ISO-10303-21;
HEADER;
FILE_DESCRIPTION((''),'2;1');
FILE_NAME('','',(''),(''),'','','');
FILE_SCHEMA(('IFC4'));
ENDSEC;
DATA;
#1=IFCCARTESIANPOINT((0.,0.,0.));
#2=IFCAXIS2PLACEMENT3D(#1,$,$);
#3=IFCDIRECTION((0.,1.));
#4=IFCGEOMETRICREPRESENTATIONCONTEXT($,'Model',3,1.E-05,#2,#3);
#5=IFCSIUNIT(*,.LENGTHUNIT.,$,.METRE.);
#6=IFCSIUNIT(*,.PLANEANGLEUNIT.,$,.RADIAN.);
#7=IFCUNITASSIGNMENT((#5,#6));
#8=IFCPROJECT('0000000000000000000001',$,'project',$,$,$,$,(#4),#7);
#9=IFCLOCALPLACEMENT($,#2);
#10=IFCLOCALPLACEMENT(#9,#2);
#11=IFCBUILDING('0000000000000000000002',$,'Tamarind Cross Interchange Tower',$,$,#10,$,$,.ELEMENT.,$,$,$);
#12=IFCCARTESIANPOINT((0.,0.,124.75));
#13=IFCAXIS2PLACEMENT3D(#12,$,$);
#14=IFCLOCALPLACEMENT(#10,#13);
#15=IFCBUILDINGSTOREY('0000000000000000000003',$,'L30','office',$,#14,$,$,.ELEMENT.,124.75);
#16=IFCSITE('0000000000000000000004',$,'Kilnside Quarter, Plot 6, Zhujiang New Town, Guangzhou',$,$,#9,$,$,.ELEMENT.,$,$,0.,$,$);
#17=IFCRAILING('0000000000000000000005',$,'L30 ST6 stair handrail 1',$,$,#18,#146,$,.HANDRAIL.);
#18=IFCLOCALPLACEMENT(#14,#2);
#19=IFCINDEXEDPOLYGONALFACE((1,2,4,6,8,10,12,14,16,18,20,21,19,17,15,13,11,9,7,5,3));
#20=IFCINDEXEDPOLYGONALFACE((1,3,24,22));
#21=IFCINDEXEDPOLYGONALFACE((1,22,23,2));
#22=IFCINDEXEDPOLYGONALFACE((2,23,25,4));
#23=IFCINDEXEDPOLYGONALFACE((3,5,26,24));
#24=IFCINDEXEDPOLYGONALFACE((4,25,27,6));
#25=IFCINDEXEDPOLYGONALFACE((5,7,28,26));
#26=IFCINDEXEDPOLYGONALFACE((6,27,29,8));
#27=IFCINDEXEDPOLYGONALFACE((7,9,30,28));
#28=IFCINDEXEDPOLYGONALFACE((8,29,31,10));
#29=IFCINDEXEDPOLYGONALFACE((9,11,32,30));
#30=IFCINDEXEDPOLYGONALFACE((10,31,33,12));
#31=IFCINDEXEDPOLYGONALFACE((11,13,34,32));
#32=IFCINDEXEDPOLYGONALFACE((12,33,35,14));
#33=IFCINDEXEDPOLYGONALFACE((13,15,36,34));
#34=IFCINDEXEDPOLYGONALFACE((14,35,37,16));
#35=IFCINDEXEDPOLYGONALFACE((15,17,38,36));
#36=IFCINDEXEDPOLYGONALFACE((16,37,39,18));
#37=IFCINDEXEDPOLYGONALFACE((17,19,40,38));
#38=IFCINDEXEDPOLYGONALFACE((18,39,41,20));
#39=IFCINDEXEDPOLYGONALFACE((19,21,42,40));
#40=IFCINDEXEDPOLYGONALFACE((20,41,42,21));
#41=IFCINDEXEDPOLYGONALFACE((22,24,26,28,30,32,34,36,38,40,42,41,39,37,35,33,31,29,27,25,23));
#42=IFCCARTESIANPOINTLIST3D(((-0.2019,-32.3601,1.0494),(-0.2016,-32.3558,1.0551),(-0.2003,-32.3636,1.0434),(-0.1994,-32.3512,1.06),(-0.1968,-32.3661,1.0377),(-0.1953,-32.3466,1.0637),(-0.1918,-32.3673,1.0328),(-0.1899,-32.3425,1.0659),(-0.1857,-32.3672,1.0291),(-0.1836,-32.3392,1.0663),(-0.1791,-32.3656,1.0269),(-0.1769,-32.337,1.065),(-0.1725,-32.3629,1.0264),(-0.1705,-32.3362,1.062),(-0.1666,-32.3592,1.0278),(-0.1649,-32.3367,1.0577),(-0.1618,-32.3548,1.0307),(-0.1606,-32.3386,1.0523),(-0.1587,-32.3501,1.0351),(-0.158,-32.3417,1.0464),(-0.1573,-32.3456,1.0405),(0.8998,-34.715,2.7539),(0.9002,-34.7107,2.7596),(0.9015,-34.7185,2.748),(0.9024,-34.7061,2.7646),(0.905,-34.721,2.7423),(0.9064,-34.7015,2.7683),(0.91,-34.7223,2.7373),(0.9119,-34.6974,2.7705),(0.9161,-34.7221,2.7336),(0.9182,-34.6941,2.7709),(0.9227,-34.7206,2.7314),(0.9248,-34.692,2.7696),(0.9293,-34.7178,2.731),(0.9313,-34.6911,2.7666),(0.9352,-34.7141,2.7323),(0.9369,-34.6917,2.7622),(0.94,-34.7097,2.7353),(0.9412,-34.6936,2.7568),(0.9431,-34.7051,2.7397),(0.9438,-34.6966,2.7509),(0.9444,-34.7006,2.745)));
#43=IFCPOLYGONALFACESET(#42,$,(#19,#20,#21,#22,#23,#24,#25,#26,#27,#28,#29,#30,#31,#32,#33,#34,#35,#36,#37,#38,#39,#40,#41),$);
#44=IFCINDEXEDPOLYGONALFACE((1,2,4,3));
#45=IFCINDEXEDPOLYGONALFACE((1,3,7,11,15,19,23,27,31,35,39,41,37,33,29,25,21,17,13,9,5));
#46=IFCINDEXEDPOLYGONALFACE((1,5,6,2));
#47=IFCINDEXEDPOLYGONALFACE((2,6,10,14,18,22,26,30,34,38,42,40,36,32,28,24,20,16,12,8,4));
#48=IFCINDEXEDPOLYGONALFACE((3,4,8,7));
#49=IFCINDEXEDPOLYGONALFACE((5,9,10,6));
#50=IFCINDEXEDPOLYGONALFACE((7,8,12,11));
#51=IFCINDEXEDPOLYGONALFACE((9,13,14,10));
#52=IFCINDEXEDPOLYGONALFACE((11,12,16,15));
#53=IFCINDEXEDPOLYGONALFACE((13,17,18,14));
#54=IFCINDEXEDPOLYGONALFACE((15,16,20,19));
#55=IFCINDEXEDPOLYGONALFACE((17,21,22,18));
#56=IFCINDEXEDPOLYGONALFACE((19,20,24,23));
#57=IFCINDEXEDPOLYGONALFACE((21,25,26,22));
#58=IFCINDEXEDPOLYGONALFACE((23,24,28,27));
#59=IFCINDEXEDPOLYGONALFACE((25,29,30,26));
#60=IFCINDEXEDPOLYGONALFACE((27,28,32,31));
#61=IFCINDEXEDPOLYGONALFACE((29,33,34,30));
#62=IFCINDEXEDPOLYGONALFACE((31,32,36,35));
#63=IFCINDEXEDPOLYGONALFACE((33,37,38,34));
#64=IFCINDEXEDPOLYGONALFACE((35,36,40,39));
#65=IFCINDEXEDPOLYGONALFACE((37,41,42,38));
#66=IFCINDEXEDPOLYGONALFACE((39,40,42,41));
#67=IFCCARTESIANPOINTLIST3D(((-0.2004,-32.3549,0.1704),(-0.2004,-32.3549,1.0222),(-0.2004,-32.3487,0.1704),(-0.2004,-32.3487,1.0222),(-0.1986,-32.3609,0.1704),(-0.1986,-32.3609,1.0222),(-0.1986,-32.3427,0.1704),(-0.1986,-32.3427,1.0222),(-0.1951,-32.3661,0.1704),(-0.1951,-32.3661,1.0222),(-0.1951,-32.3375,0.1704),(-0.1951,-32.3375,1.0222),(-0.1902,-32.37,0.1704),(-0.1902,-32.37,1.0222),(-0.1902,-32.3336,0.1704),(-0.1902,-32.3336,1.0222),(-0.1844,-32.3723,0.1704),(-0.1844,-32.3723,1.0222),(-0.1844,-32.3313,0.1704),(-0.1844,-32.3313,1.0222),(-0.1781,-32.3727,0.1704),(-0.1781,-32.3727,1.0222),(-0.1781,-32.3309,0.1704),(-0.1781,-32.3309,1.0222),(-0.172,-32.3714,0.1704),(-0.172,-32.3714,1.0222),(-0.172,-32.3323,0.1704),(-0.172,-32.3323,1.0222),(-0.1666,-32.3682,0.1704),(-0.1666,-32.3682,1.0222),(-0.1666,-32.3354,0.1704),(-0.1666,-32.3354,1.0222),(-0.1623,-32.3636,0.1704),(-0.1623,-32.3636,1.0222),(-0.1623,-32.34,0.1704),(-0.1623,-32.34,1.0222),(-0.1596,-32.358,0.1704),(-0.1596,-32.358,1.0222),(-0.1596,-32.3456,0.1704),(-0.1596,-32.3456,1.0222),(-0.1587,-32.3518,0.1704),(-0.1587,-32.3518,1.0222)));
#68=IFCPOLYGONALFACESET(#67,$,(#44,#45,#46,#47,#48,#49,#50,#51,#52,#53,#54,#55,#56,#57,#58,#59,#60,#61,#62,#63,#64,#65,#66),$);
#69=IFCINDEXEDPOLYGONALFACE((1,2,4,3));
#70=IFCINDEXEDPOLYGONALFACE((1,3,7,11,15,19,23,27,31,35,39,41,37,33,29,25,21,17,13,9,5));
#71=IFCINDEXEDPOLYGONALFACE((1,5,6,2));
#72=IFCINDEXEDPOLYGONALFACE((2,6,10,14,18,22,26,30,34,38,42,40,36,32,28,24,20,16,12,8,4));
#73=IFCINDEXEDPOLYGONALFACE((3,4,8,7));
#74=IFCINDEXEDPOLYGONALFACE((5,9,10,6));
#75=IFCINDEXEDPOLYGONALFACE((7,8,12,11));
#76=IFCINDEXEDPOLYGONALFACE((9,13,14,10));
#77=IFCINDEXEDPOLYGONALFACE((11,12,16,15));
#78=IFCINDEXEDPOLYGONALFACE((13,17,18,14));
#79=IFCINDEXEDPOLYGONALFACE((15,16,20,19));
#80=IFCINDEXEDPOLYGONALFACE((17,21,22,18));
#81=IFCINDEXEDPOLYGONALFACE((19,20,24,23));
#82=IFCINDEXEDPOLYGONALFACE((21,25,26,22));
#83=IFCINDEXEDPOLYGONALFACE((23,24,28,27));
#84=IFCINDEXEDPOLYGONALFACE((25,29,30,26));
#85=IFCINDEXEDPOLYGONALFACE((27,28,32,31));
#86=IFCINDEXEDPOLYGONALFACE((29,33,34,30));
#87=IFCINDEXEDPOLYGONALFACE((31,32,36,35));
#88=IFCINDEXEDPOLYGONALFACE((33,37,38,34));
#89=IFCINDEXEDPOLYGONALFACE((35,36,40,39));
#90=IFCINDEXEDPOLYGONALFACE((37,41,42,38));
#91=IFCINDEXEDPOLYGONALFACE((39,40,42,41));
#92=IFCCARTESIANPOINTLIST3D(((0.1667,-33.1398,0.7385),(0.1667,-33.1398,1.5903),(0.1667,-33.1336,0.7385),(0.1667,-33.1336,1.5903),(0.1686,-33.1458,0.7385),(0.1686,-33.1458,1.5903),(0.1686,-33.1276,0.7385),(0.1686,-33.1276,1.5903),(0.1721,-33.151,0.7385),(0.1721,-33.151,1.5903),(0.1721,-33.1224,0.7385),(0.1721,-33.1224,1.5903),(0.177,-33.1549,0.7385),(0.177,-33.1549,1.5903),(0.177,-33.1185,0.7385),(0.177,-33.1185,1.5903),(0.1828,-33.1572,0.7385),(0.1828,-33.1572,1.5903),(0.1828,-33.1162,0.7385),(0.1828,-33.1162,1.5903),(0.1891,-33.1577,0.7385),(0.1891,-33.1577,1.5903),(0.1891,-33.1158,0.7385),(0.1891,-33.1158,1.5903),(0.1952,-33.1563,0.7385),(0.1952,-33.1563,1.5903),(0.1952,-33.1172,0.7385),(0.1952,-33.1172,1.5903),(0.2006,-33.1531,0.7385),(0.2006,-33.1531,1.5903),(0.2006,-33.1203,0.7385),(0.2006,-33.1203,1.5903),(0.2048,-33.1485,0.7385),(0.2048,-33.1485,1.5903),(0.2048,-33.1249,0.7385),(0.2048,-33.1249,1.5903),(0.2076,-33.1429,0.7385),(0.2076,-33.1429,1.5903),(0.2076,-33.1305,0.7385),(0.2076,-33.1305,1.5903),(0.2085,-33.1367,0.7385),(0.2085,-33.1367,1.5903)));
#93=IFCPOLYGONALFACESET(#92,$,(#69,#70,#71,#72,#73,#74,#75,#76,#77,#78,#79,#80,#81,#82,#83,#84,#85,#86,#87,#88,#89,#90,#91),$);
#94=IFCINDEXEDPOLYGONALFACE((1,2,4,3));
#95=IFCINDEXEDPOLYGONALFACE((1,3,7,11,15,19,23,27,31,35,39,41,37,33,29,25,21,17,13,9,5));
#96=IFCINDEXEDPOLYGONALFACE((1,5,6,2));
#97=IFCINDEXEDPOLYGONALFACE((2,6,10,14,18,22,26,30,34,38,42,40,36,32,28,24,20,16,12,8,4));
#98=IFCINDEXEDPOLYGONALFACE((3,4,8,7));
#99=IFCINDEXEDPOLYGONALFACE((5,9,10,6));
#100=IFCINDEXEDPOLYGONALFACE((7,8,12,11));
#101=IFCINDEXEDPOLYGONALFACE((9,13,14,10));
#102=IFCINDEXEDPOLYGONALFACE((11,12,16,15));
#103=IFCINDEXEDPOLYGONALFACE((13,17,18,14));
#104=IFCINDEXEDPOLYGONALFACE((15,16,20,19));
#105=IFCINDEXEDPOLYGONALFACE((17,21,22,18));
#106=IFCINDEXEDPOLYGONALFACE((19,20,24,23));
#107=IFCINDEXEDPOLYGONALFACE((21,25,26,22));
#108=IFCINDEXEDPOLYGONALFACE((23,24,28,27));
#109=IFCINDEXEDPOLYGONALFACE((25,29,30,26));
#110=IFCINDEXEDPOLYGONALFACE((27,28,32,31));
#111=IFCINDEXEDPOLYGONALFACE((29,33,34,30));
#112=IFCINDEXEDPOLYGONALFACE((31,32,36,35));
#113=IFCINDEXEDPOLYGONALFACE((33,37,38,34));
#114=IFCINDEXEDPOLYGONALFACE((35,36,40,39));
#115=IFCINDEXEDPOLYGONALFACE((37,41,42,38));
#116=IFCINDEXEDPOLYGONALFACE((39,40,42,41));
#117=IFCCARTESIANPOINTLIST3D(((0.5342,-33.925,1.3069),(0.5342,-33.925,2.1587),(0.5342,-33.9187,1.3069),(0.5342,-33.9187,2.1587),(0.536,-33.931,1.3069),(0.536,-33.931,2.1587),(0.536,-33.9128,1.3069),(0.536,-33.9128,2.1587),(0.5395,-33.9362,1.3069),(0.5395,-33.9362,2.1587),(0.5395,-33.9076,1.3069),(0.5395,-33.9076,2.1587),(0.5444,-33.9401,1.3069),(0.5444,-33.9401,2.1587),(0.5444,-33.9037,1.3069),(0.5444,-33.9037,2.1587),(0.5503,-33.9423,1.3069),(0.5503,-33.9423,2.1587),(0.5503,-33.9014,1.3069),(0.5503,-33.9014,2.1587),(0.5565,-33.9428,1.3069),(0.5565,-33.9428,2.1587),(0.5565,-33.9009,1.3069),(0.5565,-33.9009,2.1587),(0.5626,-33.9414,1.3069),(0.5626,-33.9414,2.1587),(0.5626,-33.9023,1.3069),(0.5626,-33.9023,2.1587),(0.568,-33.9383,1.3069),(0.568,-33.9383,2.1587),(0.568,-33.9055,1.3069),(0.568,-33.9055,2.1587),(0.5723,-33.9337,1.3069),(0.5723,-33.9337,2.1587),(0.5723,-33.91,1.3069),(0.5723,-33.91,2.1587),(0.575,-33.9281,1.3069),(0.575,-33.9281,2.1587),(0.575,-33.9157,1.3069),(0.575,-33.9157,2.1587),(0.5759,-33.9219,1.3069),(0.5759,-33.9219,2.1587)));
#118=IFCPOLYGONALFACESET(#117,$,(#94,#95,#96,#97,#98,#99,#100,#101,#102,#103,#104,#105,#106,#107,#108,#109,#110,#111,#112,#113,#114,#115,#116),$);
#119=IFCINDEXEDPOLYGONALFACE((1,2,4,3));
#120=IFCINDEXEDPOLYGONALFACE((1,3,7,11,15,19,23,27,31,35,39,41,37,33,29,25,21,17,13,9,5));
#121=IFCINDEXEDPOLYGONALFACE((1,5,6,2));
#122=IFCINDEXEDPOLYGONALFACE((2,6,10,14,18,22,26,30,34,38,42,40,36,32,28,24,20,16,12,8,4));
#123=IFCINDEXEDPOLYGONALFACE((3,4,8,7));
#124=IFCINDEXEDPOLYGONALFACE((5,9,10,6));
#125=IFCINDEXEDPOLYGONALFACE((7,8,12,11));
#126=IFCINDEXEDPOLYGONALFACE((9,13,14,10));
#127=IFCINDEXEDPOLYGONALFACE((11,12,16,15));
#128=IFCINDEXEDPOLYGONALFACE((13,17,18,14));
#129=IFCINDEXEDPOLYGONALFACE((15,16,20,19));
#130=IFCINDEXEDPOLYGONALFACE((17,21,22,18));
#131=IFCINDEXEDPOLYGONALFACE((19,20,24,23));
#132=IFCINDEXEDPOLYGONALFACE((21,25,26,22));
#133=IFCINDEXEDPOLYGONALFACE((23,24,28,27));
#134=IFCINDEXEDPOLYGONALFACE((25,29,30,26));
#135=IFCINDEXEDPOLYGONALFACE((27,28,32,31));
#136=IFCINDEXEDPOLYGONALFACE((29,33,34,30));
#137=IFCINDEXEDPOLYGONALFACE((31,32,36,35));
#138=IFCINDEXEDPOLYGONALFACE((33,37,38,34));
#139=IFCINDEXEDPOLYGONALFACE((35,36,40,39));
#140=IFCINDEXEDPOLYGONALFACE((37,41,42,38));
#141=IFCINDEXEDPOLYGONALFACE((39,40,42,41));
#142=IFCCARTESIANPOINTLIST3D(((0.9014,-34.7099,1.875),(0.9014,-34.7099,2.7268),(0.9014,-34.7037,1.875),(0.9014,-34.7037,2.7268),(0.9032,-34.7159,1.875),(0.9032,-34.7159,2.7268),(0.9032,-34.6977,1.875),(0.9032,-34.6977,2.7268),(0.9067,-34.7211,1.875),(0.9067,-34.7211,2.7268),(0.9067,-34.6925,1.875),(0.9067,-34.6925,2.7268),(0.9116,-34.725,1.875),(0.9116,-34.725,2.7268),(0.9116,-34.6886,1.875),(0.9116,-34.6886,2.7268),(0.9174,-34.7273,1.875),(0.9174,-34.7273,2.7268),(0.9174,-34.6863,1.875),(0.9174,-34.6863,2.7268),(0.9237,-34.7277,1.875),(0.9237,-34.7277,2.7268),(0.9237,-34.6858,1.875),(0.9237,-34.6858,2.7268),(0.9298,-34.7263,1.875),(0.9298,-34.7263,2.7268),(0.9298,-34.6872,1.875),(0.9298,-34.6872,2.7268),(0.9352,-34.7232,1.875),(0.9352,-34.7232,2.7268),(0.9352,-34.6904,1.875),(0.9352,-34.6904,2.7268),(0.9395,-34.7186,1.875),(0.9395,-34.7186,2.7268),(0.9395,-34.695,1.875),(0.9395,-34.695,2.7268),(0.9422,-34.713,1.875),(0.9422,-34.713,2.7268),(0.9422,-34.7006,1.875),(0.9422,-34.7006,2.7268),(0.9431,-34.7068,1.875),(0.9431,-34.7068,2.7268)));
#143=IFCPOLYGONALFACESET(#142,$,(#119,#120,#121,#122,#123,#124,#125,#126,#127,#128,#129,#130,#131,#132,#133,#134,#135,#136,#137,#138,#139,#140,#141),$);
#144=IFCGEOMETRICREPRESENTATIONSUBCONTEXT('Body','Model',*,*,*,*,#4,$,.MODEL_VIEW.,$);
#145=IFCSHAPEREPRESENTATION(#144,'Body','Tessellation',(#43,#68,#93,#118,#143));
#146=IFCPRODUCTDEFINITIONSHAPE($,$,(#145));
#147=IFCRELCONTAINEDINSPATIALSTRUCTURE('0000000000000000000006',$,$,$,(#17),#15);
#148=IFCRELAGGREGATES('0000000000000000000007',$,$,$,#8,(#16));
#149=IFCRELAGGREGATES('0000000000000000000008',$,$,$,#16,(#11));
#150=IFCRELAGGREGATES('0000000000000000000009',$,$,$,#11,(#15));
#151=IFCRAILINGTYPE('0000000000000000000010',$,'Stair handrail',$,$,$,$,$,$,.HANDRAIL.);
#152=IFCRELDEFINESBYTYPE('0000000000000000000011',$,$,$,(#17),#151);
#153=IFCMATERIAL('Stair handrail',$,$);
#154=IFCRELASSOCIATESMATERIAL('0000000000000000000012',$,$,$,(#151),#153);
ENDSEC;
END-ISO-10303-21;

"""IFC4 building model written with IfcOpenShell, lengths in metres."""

from ifc_helpers import new_model, si_unit, direction, frame, origin, origin_2d, place, context, subcontext, project, spatial, circle, extrude, material, type_object, element, save


model = new_model("IFC4")

# Units and contexts
model_context = context("Model", 3, precision=1e-05, world=origin(), true_north=direction((0.0, 1.0)))
body_context = subcontext(model_context, "Body", "Model", "MODEL_VIEW")
ifc_project = project(units=[si_unit("LENGTHUNIT", "METRE"), si_unit("PLANEANGLEUNIT", "RADIAN")], contexts=[model_context])

# Site, building, storey
site_placement = place(None, origin())
site = spatial("IfcSite", under=ifc_project, at=site_placement, Name="Kilnside Quarter, Plot 6, Zhujiang New Town, Guangzhou", CompositionType="ELEMENT", RefElevation=0.0)
building_placement = place(site_placement, origin())
building = spatial("IfcBuilding", under=site, at=building_placement, Name="Tamarind Cross Interchange Tower", CompositionType="ELEMENT")
storey_placement = place(building_placement, frame((0.0, 0.0, 124.75)))
storey = spatial("IfcBuildingStorey", under=building, at=storey_placement, Name="L30", Description="office", CompositionType="ELEMENT", Elevation=124.75)

# Railing
ifc_material_1 = material(Name="Stair handrail")
railing_type = type_object("IfcRailingType", Name="Stair handrail", PredefinedType="HANDRAIL", material=ifc_material_1)
railing_placement = place(storey_placement, frame((-0.1797, -32.3518, 0.1704)))
element("IfcRailing", 1, at=railing_placement, inside=storey, type_object=railing_type, Name="L30 ST6 stair handrail 1", PredefinedType="HANDRAIL", context=body_context, shape_type="SweptSolid", body=[
    extrude(circle(Radius=0.0239, at=origin_2d()), frame((0.0, 0.0, 0.876), z_axis=(0.354399, -0.757485, 0.548286), x_axis=(0.905768, 0.423775, 0.0)), (0.0, 0.0, 1.0), 3.1089),
    extrude(circle(Radius=0.021, at=origin_2d()), origin(), (0.0, 0.0, 1.0), 0.8518),
    extrude(circle(Radius=0.021, at=origin_2d()), frame((0.3672, -0.7849, 0.5681)), (0.0, 0.0, 1.0), 0.8518),
    extrude(circle(Radius=0.021, at=origin_2d()), frame((0.7346, -1.5701, 1.1365)), (0.0, 0.0, 1.0), 0.8518),
    extrude(circle(Radius=0.021, at=origin_2d()), frame((1.1018, -2.355, 1.7046)), (0.0, 0.0, 1.0), 0.8518),
])

save(model, "model.ifc")
